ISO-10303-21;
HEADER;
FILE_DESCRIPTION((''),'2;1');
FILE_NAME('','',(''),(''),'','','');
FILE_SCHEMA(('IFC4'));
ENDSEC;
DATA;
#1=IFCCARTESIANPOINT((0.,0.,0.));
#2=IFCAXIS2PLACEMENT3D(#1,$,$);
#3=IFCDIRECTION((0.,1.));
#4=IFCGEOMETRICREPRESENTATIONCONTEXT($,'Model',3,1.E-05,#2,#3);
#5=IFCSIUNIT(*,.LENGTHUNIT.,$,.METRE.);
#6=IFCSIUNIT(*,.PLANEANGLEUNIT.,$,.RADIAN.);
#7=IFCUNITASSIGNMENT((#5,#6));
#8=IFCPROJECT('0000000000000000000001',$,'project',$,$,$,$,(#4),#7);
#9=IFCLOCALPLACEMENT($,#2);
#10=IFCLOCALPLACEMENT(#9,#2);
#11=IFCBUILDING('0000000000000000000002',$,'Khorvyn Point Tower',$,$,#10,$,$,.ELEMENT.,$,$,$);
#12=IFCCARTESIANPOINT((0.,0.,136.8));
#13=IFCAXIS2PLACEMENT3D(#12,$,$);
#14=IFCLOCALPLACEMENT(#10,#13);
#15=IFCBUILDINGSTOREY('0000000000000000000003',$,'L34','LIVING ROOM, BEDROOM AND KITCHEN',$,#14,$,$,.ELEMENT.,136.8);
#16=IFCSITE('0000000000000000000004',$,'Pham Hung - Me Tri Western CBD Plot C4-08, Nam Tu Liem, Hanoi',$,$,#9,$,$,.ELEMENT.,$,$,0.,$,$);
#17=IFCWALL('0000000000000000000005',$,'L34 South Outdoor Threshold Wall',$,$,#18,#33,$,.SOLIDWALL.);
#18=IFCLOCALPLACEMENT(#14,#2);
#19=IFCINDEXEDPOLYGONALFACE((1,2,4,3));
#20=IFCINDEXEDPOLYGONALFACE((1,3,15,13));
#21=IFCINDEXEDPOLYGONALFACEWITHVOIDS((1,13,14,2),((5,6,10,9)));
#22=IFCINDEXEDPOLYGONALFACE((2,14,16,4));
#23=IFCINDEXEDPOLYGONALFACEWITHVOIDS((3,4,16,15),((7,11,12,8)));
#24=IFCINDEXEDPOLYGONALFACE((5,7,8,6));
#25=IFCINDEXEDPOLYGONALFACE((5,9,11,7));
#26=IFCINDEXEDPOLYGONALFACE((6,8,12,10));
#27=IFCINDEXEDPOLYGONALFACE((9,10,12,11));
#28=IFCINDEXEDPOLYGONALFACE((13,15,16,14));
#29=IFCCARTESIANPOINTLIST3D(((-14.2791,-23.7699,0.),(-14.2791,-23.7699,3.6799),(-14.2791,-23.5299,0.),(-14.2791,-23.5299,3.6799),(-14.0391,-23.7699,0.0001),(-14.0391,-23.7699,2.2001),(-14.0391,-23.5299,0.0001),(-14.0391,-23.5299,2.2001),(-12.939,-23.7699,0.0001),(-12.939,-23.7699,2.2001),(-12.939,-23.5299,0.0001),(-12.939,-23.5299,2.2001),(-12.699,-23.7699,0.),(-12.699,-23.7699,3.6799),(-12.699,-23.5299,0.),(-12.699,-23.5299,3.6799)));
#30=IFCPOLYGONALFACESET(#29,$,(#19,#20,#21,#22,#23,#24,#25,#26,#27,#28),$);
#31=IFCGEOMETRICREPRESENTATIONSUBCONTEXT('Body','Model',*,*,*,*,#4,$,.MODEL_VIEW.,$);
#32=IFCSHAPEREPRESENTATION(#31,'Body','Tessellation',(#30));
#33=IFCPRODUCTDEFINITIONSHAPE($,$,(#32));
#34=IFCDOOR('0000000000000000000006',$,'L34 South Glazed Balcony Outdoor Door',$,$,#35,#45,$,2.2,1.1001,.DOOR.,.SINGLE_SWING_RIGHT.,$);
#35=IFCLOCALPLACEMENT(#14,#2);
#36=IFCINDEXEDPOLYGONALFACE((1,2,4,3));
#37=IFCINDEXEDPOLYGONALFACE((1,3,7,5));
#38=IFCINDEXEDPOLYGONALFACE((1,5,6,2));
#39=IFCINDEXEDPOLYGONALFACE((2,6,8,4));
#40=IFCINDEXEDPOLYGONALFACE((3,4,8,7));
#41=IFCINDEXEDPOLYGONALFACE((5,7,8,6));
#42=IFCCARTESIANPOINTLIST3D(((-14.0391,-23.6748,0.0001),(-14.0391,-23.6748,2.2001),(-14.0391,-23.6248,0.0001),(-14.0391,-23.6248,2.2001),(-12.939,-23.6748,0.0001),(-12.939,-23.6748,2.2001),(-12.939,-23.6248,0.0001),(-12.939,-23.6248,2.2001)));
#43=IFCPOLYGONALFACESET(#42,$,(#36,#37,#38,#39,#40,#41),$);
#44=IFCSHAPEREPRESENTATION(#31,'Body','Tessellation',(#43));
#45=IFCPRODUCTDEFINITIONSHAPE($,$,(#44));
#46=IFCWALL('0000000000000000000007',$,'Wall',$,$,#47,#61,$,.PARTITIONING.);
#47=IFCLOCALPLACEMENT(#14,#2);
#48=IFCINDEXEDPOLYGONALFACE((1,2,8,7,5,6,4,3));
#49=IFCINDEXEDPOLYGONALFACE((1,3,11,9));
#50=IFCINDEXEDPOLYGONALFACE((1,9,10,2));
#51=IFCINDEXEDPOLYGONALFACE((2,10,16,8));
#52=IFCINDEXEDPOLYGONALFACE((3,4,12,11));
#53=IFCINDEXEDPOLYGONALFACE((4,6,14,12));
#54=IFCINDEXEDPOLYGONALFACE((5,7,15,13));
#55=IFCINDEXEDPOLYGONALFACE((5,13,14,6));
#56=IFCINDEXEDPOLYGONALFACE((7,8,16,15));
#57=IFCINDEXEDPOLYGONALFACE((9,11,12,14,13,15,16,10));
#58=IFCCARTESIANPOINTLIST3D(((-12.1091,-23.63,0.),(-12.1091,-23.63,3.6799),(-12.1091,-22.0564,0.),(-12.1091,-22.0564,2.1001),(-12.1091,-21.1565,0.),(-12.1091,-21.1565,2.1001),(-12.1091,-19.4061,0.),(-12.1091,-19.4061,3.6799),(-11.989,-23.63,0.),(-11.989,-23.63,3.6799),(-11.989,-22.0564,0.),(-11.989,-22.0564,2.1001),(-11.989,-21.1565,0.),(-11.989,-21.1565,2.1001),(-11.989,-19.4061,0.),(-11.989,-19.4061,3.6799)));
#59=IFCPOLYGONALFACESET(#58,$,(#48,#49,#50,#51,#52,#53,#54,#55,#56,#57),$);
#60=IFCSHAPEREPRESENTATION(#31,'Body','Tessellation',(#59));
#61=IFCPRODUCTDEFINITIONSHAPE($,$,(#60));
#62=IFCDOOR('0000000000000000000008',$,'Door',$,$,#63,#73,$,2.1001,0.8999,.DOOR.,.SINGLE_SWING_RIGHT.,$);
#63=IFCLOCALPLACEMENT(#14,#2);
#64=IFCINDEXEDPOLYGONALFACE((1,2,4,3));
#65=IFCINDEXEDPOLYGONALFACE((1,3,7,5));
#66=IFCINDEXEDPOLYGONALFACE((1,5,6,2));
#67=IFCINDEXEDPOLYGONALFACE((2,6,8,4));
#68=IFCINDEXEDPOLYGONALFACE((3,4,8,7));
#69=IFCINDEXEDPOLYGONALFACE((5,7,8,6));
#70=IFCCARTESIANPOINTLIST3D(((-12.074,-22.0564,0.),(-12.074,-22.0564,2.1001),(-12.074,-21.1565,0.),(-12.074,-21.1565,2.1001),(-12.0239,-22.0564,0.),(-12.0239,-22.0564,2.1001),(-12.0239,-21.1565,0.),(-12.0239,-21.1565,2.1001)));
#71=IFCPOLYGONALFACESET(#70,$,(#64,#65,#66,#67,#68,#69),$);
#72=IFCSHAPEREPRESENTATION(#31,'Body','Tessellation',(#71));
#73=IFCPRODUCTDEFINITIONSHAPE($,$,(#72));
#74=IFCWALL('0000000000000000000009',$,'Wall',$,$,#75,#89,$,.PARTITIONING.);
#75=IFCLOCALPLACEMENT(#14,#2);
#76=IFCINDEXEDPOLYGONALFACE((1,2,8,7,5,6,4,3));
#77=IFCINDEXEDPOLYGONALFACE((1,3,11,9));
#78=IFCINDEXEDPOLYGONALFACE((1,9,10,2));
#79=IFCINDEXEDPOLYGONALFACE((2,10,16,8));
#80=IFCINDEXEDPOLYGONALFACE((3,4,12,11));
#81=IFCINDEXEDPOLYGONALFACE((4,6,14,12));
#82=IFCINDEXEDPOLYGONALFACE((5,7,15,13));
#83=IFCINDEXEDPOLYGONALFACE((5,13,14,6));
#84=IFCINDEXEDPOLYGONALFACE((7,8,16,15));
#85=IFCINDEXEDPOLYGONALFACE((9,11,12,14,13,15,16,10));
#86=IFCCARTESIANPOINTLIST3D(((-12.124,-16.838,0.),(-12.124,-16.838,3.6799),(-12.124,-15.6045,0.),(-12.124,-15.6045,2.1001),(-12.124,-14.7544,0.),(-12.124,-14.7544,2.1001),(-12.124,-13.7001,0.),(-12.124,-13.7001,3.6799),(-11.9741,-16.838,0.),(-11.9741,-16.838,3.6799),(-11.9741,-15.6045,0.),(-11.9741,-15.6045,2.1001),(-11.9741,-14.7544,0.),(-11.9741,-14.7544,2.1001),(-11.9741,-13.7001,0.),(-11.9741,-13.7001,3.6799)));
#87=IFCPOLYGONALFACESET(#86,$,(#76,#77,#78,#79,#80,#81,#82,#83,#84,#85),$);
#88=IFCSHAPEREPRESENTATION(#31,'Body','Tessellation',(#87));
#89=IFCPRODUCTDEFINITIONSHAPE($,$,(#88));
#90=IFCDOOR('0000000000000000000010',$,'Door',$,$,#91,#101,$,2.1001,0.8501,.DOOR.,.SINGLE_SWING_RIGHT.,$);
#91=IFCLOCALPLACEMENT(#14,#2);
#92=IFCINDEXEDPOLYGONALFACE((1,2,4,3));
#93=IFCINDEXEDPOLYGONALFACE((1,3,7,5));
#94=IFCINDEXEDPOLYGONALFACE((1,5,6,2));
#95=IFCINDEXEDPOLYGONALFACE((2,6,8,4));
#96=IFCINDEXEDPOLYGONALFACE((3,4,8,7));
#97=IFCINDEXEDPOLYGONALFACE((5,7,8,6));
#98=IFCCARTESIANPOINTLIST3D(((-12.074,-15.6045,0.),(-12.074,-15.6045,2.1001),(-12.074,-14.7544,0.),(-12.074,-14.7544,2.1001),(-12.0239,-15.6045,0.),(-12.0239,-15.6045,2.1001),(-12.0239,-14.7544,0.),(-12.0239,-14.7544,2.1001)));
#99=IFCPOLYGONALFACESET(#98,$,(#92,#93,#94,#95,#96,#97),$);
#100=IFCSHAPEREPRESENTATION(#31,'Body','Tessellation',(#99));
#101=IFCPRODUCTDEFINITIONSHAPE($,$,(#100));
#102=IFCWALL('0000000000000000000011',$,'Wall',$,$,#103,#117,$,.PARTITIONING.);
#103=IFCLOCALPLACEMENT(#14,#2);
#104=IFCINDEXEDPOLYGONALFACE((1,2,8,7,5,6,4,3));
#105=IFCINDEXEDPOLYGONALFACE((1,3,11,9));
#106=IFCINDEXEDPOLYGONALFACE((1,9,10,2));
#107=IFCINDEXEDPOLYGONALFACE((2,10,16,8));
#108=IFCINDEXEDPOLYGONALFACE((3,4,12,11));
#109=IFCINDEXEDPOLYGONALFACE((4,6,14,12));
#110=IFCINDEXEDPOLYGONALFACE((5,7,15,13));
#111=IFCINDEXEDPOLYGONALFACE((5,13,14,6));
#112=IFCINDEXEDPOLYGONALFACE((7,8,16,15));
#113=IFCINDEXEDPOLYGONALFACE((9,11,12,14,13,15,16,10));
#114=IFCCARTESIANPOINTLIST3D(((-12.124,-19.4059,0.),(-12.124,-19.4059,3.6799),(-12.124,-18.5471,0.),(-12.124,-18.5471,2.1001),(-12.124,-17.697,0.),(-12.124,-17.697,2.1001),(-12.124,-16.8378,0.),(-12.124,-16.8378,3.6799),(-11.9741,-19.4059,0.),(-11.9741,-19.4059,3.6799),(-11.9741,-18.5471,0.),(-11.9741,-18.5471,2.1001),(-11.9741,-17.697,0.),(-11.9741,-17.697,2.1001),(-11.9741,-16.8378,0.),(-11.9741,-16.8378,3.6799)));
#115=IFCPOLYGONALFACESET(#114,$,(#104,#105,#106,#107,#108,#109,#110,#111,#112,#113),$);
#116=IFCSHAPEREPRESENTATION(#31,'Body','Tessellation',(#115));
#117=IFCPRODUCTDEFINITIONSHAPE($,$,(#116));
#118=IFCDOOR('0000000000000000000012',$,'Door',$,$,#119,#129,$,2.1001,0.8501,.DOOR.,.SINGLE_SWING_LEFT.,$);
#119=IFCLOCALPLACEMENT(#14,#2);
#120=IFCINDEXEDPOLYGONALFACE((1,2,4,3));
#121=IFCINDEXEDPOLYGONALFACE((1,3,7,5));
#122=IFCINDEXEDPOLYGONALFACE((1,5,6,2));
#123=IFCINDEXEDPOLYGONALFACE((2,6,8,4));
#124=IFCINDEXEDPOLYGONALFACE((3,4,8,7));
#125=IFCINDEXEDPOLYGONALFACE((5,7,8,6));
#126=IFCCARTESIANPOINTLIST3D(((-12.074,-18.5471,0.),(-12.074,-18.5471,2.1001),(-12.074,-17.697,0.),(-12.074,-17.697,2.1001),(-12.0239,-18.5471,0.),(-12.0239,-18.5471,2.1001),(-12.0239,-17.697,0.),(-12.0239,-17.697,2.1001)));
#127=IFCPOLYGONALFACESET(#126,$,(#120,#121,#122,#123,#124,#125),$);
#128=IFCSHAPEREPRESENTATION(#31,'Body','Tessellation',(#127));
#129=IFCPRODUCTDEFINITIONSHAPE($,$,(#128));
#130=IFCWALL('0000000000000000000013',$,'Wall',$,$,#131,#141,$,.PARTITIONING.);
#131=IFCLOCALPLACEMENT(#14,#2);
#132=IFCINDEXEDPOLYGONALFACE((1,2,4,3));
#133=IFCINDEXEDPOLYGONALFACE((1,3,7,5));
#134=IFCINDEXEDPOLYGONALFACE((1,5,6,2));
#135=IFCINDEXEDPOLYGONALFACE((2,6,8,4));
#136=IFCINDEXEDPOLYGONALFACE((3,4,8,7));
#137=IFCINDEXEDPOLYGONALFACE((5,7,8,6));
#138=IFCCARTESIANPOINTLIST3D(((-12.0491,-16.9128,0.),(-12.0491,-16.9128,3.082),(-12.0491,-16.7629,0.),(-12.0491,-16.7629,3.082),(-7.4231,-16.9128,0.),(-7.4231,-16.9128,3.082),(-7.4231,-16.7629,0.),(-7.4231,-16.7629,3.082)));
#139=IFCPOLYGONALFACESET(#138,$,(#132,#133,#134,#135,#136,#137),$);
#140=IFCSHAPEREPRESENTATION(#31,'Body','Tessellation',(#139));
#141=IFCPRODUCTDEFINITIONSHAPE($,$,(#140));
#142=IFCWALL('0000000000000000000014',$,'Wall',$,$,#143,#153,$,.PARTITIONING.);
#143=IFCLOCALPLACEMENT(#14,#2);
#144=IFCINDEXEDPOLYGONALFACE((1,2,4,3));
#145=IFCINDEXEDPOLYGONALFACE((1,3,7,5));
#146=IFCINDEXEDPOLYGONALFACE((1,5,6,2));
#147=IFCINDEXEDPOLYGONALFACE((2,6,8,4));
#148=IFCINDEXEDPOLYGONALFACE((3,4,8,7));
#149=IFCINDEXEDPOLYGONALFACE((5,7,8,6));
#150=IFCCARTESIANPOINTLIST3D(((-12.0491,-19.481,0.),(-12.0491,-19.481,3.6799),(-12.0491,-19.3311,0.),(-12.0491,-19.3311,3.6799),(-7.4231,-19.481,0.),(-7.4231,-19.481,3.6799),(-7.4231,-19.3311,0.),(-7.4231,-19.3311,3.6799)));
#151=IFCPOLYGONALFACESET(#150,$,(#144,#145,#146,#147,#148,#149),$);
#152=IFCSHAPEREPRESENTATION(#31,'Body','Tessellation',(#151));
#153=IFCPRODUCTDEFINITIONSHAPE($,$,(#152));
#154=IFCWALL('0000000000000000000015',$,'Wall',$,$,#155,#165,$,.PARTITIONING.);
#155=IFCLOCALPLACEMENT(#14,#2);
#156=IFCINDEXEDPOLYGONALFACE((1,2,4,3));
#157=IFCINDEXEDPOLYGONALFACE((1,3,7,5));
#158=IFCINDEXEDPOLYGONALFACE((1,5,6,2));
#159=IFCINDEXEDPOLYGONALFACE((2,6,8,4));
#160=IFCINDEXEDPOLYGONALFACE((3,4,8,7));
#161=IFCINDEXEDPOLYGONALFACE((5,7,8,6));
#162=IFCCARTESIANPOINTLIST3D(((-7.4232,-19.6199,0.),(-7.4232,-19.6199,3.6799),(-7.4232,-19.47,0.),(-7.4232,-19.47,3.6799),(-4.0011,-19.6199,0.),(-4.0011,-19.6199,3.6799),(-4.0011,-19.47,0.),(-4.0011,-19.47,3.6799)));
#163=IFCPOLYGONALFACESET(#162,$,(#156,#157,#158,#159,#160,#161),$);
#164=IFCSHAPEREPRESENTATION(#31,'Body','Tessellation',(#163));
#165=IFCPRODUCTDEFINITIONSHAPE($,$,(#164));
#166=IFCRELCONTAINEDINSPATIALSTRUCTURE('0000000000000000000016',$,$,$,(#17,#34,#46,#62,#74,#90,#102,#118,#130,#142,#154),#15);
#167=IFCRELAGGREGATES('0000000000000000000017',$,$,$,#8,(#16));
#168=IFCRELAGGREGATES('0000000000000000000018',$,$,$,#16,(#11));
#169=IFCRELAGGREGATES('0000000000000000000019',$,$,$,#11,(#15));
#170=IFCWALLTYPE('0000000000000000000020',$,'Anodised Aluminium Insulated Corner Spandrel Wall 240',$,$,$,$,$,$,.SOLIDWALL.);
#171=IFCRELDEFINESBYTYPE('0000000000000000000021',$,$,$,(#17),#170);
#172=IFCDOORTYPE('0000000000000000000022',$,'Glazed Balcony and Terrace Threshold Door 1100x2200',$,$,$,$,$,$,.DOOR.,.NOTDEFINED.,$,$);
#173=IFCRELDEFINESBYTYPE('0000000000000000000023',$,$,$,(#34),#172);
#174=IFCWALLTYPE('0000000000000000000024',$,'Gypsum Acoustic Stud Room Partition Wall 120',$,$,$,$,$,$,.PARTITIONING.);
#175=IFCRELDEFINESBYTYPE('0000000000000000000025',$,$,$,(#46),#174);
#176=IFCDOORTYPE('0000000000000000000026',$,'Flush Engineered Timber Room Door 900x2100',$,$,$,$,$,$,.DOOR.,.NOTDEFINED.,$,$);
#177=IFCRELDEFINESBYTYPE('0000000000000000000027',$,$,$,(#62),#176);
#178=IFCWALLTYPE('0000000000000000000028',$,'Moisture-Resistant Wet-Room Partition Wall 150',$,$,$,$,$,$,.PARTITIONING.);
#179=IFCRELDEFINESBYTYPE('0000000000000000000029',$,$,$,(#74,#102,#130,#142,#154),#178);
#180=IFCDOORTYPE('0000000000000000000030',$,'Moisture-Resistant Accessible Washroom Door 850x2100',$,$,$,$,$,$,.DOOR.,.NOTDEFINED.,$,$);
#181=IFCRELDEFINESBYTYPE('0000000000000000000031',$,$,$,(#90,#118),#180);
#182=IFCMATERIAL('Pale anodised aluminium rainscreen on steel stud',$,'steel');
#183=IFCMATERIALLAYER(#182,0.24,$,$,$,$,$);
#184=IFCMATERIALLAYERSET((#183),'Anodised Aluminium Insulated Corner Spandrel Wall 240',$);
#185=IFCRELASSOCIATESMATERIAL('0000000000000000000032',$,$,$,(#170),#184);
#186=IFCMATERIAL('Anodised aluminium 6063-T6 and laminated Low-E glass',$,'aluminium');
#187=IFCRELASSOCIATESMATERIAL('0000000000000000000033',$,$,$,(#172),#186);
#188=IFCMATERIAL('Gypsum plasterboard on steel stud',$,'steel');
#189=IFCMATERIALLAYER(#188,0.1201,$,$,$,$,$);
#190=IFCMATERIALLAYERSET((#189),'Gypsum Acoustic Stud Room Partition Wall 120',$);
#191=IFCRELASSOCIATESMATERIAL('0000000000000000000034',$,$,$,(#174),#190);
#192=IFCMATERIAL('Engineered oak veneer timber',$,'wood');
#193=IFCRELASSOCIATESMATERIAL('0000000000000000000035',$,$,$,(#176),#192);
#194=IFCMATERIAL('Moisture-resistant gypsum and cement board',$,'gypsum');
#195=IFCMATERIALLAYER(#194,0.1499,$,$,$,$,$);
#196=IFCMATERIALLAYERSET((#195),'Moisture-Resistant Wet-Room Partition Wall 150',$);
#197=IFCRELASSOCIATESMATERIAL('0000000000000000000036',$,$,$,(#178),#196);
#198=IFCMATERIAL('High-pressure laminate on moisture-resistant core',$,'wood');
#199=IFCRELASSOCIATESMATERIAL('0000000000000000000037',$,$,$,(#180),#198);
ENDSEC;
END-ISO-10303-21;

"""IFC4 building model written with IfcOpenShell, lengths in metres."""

from ifc_helpers import new_model, si_unit, direction, frame, frame_2d, origin, place, context, subcontext, project, spatial, rectangle, extrude, material, layer, layer_set, type_object, element, fill, save


model = new_model("IFC4")

# Units and contexts
model_context = context("Model", 3, precision=1e-05, world=origin(), true_north=direction((0.0, 1.0)))
body_context = subcontext(model_context, "Body", "Model", "MODEL_VIEW")
ifc_project = project(units=[si_unit("LENGTHUNIT", "METRE"), si_unit("PLANEANGLEUNIT", "RADIAN")], contexts=[model_context])

# Site, building, storey
site_placement = place(None, origin())
site = spatial("IfcSite", under=ifc_project, at=site_placement, Name="Pham Hung - Me Tri Western CBD Plot C4-08, Nam Tu Liem, Hanoi", CompositionType="ELEMENT", RefElevation=0.0)
building_placement = place(site_placement, origin())
building = spatial("IfcBuilding", under=site, at=building_placement, Name="Khorvyn Point Tower", CompositionType="ELEMENT")
storey_placement = place(building_placement, frame((0.0, 0.0, 136.8)))
storey = spatial("IfcBuildingStorey", under=building, at=storey_placement, Name="L34", Description="LIVING ROOM, BEDROOM AND KITCHEN", CompositionType="ELEMENT", Elevation=136.8)

# Shared definitions
ifc_material_1 = material(Name="Anodised aluminium 6063-T6 and laminated Low-E glass", Category="aluminium")

# Walls, openings, doors
ifc_material_2 = material(Name="Pale anodised aluminium rainscreen on steel stud", Category="steel")
ifc_layer_1 = layer(ifc_material_2, 0.24)
ifc_layer_set_1 = layer_set([ifc_layer_1], Name="Anodised Aluminium Insulated Corner Spandrel Wall 240")
wall_type_1 = type_object("IfcWallType", Name="Anodised Aluminium Insulated Corner Spandrel Wall 240", PredefinedType="SOLIDWALL", material=ifc_layer_set_1)
wall_1_placement = place(storey_placement, frame((-12.699, -23.6499, 0.0), z_axis=(0.0, 0.0, 1.0), x_axis=(-1.0, 0.0, 0.0)))
wall_1 = element("IfcWall", 1, at=wall_1_placement, inside=storey, type_object=wall_type_1, Name="L34 South Outdoor Threshold Wall", PredefinedType="SOLIDWALL", context=body_context, shape_type="SweptSolid", body=[
    extrude(rectangle(XDim=1.5801, YDim=0.24, at=frame_2d((0.79, 0.0))), origin(), (0.0, 0.0, 1.0), 3.6799),
])
opening_1_placement = place(wall_1_placement, frame((0.24, 0.0, 0.0)))
opening_1 = element("IfcOpeningElement", 2, at=opening_1_placement, cuts=wall_1, PredefinedType="OPENING", context=body_context, shape_type="SweptSolid", body=[
    extrude(rectangle(XDim=1.1001, YDim=2.2, at=frame_2d((0.55, 1.1001))), frame((0.0, 0.1299, 0.0), z_axis=(0.0, -1.0, 0.0), x_axis=(1.0, 0.0, 0.0)), (0.0, 0.0, 1.0), 0.26),
])
door_type_1 = type_object("IfcDoorType", Name="Glazed Balcony and Terrace Threshold Door 1100x2200", OperationType="NOTDEFINED", PredefinedType="DOOR", material=ifc_material_1)
door_1_placement = place(opening_1_placement, origin())
door_1 = element("IfcDoor", 3, at=door_1_placement, inside=storey, type_object=door_type_1, Name="L34 South Glazed Balcony Outdoor Door", OperationType="SINGLE_SWING_RIGHT", OverallHeight=2.2, OverallWidth=1.1001, PredefinedType="DOOR", context=body_context, shape_type="SweptSolid", body=[
    extrude(rectangle(XDim=1.1001, YDim=2.2, at=frame_2d((0.55, 1.1001))), frame((0.0, 0.0249, 0.0), z_axis=(0.0, -1.0, 0.0), x_axis=(1.0, 0.0, 0.0)), (0.0, 0.0, 1.0), 0.05),
])
fill(opening_1, door_1)
ifc_material_3 = material(Name="Gypsum plasterboard on steel stud", Category="steel")
ifc_layer_2 = layer(ifc_material_3, 0.1201)
ifc_layer_set_2 = layer_set([ifc_layer_2], Name="Gypsum Acoustic Stud Room Partition Wall 120")
wall_type_2 = type_object("IfcWallType", Name="Gypsum Acoustic Stud Room Partition Wall 120", PredefinedType="PARTITIONING", material=ifc_layer_set_2)
wall_2_placement = place(storey_placement, frame((-12.0491, -23.6299, 0.0), z_axis=(0.0, 0.0, 1.0), x_axis=(0.0, 1.0, 0.0)))
wall_2 = element("IfcWall", 4, at=wall_2_placement, inside=storey, type_object=wall_type_2, Name="Wall", PredefinedType="PARTITIONING", context=body_context, shape_type="SweptSolid", body=[
    extrude(rectangle(XDim=4.2239, YDim=0.1201, at=frame_2d((2.1118, 0.0))), origin(), (0.0, 0.0, 1.0), 3.6799),
])
opening_2_placement = place(wall_2_placement, frame((1.5735, 0.0, 0.0)))
opening_2 = element("IfcOpeningElement", 5, at=opening_2_placement, cuts=wall_2, PredefinedType="OPENING", context=body_context, shape_type="SweptSolid", body=[
    extrude(rectangle(XDim=0.8999, YDim=2.1001, at=frame_2d((0.45, 1.05))), frame((0.0, 0.0701, 0.0), z_axis=(0.0, -1.0, 0.0), x_axis=(1.0, 0.0, 0.0)), (0.0, 0.0, 1.0), 0.1401),
])
ifc_material_4 = material(Name="Engineered oak veneer timber", Category="wood")
door_type_2 = type_object("IfcDoorType", Name="Flush Engineered Timber Room Door 900x2100", OperationType="NOTDEFINED", PredefinedType="DOOR", material=ifc_material_4)
door_2_placement = place(opening_2_placement, origin())
door_2 = element("IfcDoor", 6, at=door_2_placement, inside=storey, type_object=door_type_2, Name="Door", OperationType="SINGLE_SWING_RIGHT", OverallHeight=2.1001, OverallWidth=0.8999, PredefinedType="DOOR", context=body_context, shape_type="SweptSolid", body=[
    extrude(rectangle(XDim=0.8999, YDim=2.1001, at=frame_2d((0.45, 1.05))), frame((0.0, 0.0249, 0.0), z_axis=(0.0, -1.0, 0.0), x_axis=(1.0, 0.0, 0.0)), (0.0, 0.0, 1.0), 0.05),
])
fill(opening_2, door_2)
ifc_material_5 = material(Name="Moisture-resistant gypsum and cement board", Category="gypsum")
ifc_layer_3 = layer(ifc_material_5, 0.1499)
ifc_layer_set_3 = layer_set([ifc_layer_3], Name="Moisture-Resistant Wet-Room Partition Wall 150")
wall_type_3 = type_object("IfcWallType", Name="Moisture-Resistant Wet-Room Partition Wall 150", PredefinedType="PARTITIONING", material=ifc_layer_set_3)
wall_3_placement = place(storey_placement, frame((-12.0491, -16.8379, 0.0), z_axis=(0.0, 0.0, 1.0), x_axis=(0.0, 1.0, 0.0)))
wall_3 = element("IfcWall", 7, at=wall_3_placement, inside=storey, type_object=wall_type_3, Name="Wall", PredefinedType="PARTITIONING", context=body_context, shape_type="SweptSolid", body=[
    extrude(rectangle(XDim=3.1379, YDim=0.1499, at=frame_2d((1.5688, 0.0))), origin(), (0.0, 0.0, 1.0), 3.6799),
])
opening_3_placement = place(wall_3_placement, frame((1.2334, 0.0, 0.0)))
opening_3 = element("IfcOpeningElement", 8, at=opening_3_placement, cuts=wall_3, PredefinedType="OPENING", context=body_context, shape_type="SweptSolid", body=[
    extrude(rectangle(XDim=0.8501, YDim=2.1001, at=frame_2d((0.425, 1.05))), frame((0.0, 0.085, 0.0), z_axis=(0.0, -1.0, 0.0), x_axis=(1.0, 0.0, 0.0)), (0.0, 0.0, 1.0), 0.1699),
])
ifc_material_6 = material(Name="High-pressure laminate on moisture-resistant core", Category="wood")
door_type_3 = type_object("IfcDoorType", Name="Moisture-Resistant Accessible Washroom Door 850x2100", OperationType="NOTDEFINED", PredefinedType="DOOR", material=ifc_material_6)
door_3_placement = place(opening_3_placement, origin())
door_3 = element("IfcDoor", 9, at=door_3_placement, inside=storey, type_object=door_type_3, Name="Door", OperationType="SINGLE_SWING_RIGHT", OverallHeight=2.1001, OverallWidth=0.8501, PredefinedType="DOOR", context=body_context, shape_type="SweptSolid", body=[
    extrude(rectangle(XDim=0.8501, YDim=2.1001, at=frame_2d((0.425, 1.05))), frame((0.0, 0.0249, 0.0), z_axis=(0.0, -1.0, 0.0), x_axis=(1.0, 0.0, 0.0)), (0.0, 0.0, 1.0), 0.05),
])
fill(opening_3, door_3)
wall_4_placement = place(storey_placement, frame((-12.0491, -19.406, 0.0), z_axis=(0.0, 0.0, 1.0), x_axis=(0.0, 1.0, 0.0)))
wall_4 = element("IfcWall", 10, at=wall_4_placement, inside=storey, type_object=wall_type_3, Name="Wall", PredefinedType="PARTITIONING", context=body_context, shape_type="SweptSolid", body=[
    extrude(rectangle(XDim=2.5681, YDim=0.1499, at=frame_2d((1.2842, 0.0))), origin(), (0.0, 0.0, 1.0), 3.6799),
])
opening_4_placement = place(wall_4_placement, frame((0.8589, 0.0, 0.0)))
opening_4 = element("IfcOpeningElement", 11, at=opening_4_placement, cuts=wall_4, PredefinedType="OPENING", context=body_context, shape_type="SweptSolid", body=[
    extrude(rectangle(XDim=0.8501, YDim=2.1001, at=frame_2d((0.425, 1.05))), frame((0.0, 0.085, 0.0), z_axis=(0.0, -1.0, 0.0), x_axis=(1.0, 0.0, 0.0)), (0.0, 0.0, 1.0), 0.1699),
])
door_4_placement = place(opening_4_placement, origin())
door_4 = element("IfcDoor", 12, at=door_4_placement, inside=storey, type_object=door_type_3, Name="Door", OperationType="SINGLE_SWING_LEFT", OverallHeight=2.1001, OverallWidth=0.8501, PredefinedType="DOOR", context=body_context, shape_type="SweptSolid", body=[
    extrude(rectangle(XDim=0.8501, YDim=2.1001, at=frame_2d((0.425, 1.05))), frame((0.0, 0.0249, 0.0), z_axis=(0.0, -1.0, 0.0), x_axis=(1.0, 0.0, 0.0)), (0.0, 0.0, 1.0), 0.05),
])
fill(opening_4, door_4)

# Walls
wall_5_placement = place(storey_placement, frame((-12.0491, -16.8379, 0.0), z_axis=(0.0, 0.0, 1.0), x_axis=(1.0, 0.0, 0.0)))
element("IfcWall", 13, at=wall_5_placement, inside=storey, type_object=wall_type_3, Name="Wall", PredefinedType="PARTITIONING", context=body_context, shape_type="SweptSolid", body=[
    extrude(rectangle(XDim=4.626, YDim=0.1499, at=frame_2d((2.313, 0.0))), origin(), (0.0, 0.0, 1.0), 3.082),
])
wall_6_placement = place(storey_placement, frame((-12.0491, -19.406, 0.0), z_axis=(0.0, 0.0, 1.0), x_axis=(1.0, 0.0, 0.0)))
element("IfcWall", 14, at=wall_6_placement, inside=storey, type_object=wall_type_3, Name="Wall", PredefinedType="PARTITIONING", context=body_context, shape_type="SweptSolid", body=[
    extrude(rectangle(XDim=4.626, YDim=0.1499, at=frame_2d((2.313, 0.0))), origin(), (0.0, 0.0, 1.0), 3.6799),
])
wall_7_placement = place(storey_placement, frame((-7.4231, -19.5449, 0.0), z_axis=(0.0, 0.0, 1.0), x_axis=(1.0, 0.0, 0.0)))
element("IfcWall", 15, at=wall_7_placement, inside=storey, type_object=wall_type_3, Name="Wall", PredefinedType="PARTITIONING", context=body_context, shape_type="SweptSolid", body=[
    extrude(rectangle(XDim=3.4221, YDim=0.1499, at=frame_2d((1.7109, 0.0))), origin(), (0.0, 0.0, 1.0), 3.6799),
])

save(model, "model.ifc")
